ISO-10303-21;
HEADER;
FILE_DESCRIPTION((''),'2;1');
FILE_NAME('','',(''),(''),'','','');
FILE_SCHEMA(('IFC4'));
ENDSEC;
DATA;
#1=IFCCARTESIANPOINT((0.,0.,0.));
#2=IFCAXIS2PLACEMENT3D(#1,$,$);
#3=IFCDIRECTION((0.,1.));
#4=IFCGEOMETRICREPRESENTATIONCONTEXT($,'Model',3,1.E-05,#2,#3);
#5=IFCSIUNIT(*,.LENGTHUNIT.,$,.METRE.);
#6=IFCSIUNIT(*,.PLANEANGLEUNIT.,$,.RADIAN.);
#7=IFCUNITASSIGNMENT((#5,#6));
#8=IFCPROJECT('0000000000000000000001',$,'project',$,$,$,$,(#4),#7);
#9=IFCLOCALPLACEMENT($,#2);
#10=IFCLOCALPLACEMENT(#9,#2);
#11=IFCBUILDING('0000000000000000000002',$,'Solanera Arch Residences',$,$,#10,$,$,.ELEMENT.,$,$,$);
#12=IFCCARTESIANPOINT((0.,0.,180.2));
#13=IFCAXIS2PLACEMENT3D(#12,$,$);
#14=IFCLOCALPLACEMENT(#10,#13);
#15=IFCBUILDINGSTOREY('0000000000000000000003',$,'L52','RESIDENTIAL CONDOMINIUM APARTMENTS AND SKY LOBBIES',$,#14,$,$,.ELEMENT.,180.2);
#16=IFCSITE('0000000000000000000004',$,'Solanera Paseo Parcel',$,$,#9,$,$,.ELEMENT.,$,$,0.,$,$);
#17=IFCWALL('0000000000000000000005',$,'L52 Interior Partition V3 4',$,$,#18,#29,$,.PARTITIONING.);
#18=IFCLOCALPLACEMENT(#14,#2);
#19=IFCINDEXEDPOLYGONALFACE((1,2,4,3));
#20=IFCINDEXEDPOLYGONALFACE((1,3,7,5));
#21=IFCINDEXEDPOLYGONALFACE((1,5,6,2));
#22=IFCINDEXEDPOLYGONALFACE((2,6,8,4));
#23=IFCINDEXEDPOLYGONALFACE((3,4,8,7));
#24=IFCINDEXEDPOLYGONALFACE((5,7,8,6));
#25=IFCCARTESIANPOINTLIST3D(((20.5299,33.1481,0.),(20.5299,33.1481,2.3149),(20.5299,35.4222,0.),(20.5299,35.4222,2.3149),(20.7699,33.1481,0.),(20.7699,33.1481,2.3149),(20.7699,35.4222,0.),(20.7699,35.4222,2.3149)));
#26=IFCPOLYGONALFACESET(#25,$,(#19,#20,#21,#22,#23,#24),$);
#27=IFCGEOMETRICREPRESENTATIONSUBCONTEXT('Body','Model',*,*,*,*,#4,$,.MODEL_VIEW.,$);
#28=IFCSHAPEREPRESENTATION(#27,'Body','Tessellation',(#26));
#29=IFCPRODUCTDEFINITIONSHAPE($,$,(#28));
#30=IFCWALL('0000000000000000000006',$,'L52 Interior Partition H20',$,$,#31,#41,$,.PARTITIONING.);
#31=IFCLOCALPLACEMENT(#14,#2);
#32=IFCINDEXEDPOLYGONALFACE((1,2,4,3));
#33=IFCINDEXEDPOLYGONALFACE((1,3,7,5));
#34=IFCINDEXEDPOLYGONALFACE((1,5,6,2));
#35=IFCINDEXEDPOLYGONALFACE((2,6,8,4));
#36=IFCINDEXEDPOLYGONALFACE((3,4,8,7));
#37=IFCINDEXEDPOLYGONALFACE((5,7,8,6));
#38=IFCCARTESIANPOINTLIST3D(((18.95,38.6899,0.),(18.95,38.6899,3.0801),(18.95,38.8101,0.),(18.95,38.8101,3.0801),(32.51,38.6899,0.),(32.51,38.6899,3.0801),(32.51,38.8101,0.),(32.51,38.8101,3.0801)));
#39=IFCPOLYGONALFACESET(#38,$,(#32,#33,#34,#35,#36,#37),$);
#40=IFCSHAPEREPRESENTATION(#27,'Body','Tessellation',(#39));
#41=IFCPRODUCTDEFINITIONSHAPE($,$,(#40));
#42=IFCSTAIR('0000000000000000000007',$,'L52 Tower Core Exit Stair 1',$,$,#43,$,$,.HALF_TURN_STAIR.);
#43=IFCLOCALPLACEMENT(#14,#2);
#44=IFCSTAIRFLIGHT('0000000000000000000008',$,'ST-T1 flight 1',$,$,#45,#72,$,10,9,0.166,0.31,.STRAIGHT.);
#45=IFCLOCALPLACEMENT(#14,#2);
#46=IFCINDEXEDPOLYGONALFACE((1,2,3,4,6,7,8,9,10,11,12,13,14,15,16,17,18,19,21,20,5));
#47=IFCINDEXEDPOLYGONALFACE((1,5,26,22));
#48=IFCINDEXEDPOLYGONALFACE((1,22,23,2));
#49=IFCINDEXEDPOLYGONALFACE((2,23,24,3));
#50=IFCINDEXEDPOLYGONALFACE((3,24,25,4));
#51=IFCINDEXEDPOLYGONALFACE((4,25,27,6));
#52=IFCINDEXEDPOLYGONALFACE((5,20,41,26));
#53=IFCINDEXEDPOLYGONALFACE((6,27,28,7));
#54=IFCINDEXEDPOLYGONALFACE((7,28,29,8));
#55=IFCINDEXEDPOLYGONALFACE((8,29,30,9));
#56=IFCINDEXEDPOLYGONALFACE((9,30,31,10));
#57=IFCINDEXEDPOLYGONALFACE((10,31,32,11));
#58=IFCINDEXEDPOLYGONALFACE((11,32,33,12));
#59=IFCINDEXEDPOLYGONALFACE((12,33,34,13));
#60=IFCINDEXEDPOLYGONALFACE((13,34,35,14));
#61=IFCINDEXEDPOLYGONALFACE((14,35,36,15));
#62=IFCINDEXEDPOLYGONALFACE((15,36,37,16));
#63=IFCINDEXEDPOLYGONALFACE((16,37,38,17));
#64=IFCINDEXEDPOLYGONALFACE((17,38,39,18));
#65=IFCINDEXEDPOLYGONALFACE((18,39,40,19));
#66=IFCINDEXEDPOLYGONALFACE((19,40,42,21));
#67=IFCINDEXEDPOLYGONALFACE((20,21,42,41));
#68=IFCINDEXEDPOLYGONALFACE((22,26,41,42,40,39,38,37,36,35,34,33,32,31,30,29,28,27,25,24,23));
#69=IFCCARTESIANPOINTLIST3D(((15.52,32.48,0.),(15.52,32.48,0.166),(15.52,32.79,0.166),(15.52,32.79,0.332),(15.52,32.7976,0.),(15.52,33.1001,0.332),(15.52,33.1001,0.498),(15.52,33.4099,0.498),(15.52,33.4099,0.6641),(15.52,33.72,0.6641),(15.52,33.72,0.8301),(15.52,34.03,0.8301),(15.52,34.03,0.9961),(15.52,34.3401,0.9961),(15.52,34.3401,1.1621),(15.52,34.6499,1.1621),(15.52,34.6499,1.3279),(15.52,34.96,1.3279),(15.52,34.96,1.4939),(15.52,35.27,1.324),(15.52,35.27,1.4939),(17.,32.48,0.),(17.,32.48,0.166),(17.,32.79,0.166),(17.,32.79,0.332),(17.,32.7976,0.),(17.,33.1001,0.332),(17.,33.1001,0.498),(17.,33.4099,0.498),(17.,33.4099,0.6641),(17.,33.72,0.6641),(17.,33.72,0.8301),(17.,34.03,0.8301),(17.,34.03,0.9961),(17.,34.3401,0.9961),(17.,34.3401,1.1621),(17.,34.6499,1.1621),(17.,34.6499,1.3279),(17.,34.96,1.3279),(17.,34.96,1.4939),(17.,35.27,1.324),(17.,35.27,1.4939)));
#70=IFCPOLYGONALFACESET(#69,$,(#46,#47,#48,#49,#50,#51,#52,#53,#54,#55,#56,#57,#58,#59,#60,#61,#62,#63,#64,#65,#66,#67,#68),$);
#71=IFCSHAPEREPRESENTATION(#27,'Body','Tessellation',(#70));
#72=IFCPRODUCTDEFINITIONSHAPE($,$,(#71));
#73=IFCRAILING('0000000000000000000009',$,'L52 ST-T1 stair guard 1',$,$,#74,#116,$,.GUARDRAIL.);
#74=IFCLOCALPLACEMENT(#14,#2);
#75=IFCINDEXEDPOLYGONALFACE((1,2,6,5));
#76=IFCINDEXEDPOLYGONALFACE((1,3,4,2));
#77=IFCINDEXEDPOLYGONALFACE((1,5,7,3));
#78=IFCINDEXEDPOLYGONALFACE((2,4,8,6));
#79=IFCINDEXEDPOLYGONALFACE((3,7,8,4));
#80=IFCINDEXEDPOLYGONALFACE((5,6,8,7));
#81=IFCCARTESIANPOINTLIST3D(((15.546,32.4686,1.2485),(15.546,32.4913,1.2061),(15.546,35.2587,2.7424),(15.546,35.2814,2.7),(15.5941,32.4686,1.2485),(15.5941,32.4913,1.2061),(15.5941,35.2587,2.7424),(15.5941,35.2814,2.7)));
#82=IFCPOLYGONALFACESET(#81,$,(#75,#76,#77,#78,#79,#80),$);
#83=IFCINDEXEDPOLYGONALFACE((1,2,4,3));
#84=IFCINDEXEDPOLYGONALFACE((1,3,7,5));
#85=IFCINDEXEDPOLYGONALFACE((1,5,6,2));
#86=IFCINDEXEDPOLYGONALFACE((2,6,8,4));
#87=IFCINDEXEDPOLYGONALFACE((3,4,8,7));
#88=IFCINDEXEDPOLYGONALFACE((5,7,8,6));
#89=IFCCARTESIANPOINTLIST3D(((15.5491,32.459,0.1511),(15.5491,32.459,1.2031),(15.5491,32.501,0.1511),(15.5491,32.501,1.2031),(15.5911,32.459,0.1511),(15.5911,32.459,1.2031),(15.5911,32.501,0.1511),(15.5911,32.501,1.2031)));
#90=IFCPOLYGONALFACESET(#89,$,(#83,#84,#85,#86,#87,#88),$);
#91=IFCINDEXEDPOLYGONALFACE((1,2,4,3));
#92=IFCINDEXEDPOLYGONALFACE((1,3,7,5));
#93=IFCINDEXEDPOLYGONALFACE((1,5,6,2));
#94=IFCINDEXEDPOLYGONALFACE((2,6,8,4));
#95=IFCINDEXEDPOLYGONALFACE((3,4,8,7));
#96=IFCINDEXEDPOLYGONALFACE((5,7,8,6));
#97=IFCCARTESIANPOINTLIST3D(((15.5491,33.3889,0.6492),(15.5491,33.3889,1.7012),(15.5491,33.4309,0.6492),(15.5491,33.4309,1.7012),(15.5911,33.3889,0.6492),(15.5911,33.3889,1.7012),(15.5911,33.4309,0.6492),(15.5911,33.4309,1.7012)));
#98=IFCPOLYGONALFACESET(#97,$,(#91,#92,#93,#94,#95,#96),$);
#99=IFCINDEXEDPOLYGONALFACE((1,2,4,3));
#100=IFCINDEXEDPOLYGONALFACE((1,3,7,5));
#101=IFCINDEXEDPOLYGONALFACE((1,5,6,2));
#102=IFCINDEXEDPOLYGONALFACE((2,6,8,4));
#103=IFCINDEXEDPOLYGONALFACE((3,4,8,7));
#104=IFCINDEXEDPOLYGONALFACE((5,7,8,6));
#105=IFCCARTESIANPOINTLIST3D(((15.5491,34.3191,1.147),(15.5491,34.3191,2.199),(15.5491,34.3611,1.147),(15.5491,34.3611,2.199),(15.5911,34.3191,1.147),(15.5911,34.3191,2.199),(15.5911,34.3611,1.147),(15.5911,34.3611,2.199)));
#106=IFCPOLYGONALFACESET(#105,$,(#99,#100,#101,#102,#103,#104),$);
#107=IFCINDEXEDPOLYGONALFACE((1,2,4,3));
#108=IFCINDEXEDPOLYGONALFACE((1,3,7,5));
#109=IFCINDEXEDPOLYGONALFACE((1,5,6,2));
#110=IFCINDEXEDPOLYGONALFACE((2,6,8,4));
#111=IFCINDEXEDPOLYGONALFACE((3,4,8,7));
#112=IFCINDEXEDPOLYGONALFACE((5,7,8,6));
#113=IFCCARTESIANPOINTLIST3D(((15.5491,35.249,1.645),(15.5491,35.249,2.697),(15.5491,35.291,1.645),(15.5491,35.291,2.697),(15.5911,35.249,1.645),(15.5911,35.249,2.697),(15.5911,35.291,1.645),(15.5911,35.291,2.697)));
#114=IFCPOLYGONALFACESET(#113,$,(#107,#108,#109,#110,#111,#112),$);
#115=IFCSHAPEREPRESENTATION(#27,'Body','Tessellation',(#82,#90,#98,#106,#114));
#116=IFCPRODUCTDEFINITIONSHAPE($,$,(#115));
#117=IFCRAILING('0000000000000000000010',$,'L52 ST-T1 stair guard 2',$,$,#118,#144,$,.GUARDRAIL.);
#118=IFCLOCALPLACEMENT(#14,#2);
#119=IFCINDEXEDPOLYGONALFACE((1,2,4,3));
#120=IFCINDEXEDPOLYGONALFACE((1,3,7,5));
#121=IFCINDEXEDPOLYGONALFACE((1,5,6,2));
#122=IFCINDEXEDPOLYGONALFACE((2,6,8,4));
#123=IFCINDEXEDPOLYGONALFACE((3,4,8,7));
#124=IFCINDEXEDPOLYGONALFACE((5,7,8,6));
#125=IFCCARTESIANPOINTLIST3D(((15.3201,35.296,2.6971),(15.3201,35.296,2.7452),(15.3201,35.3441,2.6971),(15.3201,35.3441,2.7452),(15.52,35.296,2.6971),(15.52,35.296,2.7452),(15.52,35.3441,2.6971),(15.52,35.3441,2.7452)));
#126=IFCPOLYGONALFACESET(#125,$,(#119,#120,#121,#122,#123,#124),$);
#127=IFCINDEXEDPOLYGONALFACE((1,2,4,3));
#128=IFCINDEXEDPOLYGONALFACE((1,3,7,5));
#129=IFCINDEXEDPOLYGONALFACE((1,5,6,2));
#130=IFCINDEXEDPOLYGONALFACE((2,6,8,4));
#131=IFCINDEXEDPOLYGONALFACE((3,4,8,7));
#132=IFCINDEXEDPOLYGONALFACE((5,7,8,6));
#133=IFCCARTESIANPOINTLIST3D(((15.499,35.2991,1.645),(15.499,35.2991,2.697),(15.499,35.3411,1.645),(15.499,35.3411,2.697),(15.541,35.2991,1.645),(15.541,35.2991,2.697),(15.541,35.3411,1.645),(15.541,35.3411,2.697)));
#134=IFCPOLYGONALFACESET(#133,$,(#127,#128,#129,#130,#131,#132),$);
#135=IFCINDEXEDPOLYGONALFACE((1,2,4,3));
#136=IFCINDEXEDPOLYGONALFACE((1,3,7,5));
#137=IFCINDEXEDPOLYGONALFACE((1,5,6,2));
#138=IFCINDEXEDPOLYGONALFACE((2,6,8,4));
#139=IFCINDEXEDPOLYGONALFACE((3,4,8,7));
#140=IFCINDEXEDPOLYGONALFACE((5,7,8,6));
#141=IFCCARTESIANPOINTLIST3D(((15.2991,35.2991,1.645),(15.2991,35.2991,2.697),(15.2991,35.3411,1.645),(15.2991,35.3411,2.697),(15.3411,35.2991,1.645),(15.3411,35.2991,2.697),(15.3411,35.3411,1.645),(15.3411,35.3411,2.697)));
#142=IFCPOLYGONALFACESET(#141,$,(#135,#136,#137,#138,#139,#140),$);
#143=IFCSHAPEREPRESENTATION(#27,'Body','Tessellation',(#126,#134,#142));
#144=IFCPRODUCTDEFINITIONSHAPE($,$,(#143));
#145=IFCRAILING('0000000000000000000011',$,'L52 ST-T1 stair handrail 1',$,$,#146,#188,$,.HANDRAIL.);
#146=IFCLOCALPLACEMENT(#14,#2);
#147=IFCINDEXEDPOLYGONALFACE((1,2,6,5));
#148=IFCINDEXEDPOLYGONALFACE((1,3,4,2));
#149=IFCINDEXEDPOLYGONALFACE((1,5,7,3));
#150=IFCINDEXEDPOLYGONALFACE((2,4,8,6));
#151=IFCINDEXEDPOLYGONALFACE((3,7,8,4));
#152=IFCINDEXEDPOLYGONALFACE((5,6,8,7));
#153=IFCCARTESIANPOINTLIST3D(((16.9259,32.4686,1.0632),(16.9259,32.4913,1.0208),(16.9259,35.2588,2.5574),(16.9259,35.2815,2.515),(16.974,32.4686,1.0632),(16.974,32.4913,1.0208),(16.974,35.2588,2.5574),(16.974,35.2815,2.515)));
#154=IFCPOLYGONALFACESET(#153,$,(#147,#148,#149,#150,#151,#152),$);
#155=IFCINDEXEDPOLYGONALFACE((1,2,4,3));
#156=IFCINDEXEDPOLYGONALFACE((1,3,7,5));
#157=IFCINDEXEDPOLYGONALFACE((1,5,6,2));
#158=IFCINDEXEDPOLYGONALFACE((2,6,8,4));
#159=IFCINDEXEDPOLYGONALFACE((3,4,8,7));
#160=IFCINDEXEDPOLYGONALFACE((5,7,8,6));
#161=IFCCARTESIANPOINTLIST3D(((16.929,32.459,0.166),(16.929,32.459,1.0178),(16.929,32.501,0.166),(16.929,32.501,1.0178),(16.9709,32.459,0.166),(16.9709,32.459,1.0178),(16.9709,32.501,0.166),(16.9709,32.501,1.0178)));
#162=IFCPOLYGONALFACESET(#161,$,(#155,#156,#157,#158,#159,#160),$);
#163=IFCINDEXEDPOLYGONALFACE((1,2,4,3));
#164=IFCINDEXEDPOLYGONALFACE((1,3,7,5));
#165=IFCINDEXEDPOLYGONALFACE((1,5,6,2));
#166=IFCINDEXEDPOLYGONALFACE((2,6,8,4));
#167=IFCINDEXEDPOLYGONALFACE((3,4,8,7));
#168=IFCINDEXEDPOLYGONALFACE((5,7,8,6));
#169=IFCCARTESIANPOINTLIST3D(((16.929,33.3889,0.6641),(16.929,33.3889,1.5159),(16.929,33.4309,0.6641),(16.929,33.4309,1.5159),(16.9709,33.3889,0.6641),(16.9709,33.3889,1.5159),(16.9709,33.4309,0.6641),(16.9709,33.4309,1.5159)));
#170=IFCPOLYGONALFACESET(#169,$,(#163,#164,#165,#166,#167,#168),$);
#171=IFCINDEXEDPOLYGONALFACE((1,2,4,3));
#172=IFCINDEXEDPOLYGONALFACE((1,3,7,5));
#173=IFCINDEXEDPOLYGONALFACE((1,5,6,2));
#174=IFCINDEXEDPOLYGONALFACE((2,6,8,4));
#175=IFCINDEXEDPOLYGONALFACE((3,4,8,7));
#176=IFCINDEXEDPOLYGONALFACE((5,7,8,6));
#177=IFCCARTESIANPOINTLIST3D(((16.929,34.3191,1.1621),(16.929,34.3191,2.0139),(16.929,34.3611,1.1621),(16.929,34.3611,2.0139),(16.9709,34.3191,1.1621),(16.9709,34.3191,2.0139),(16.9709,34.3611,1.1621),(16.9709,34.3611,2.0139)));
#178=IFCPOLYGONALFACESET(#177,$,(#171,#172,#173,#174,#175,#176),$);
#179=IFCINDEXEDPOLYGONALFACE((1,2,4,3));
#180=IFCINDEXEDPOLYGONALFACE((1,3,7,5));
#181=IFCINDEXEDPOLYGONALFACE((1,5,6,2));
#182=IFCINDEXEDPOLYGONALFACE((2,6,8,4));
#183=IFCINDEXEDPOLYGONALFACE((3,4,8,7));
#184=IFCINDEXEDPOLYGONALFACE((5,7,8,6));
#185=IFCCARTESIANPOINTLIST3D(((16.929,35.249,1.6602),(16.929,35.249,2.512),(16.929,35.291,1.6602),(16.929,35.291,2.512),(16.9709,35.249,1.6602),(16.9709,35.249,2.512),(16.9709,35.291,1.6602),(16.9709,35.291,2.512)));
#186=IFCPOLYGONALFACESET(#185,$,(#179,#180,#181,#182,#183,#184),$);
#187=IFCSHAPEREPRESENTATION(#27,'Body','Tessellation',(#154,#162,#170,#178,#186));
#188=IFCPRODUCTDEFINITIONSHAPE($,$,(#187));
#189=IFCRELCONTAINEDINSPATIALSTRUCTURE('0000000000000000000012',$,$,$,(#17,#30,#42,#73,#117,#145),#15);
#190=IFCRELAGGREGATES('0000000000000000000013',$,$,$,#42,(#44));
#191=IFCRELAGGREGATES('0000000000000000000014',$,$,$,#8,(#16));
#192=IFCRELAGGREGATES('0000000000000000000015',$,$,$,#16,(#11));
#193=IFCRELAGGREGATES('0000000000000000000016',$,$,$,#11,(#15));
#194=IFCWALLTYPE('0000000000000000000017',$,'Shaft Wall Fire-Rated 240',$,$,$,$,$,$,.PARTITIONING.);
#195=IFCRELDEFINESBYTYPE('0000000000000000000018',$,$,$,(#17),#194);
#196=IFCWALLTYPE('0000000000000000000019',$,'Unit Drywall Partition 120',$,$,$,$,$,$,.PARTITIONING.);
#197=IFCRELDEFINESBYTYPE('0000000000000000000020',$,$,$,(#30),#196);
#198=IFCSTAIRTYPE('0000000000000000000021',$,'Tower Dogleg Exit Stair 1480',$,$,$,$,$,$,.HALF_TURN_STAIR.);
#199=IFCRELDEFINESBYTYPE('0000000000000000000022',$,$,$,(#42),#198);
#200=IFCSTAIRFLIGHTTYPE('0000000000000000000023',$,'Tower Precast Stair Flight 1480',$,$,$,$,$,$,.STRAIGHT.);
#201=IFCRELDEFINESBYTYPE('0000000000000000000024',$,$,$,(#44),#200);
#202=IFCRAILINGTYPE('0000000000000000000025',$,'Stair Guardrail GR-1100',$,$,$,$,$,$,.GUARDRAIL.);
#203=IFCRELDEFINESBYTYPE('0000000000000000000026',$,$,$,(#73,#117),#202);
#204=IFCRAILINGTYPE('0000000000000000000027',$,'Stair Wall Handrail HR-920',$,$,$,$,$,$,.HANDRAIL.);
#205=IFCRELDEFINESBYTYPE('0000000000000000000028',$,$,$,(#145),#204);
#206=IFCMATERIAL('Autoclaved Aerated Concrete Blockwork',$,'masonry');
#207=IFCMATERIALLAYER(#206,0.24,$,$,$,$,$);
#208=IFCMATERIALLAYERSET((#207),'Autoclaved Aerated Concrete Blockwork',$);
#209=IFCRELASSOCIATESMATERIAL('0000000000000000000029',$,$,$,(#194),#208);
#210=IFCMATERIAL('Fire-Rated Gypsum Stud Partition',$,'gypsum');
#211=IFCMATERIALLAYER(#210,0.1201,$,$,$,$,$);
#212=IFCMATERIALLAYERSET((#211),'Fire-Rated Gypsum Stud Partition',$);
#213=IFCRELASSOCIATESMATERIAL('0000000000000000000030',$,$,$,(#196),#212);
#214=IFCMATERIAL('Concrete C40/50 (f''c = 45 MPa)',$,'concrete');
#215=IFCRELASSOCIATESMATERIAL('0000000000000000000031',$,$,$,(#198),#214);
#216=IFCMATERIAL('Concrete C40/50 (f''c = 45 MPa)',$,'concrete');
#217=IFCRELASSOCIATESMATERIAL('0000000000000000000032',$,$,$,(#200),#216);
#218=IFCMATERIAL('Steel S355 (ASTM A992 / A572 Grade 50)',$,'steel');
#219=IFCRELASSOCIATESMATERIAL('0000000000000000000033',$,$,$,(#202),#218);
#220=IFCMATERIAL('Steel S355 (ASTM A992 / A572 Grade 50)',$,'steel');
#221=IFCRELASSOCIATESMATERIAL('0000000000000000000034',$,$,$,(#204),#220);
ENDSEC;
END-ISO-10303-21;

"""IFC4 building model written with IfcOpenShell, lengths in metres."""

from ifc_helpers import new_model, si_unit, direction, frame, frame_2d, origin, origin_2d, place, context, subcontext, project, spatial, polyline, rectangle, outline, extrude, material, layer, layer_set, type_object, element, aggregate, save


model = new_model("IFC4")

# Units and contexts
model_context = context("Model", 3, precision=1e-05, world=origin(), true_north=direction((0.0, 1.0)))
body_context = subcontext(model_context, "Body", "Model", "MODEL_VIEW")
ifc_project = project(units=[si_unit("LENGTHUNIT", "METRE"), si_unit("PLANEANGLEUNIT", "RADIAN")], contexts=[model_context])

# Site, building, storey
site_placement = place(None, origin())
site = spatial("IfcSite", under=ifc_project, at=site_placement, Name="Solanera Paseo Parcel", CompositionType="ELEMENT", RefElevation=0.0)
building_placement = place(site_placement, origin())
building = spatial("IfcBuilding", under=site, at=building_placement, Name="Solanera Arch Residences", CompositionType="ELEMENT")
storey_placement = place(building_placement, frame((0.0, 0.0, 180.2)))
storey = spatial("IfcBuildingStorey", under=building, at=storey_placement, Name="L52", Description="RESIDENTIAL CONDOMINIUM APARTMENTS AND SKY LOBBIES", CompositionType="ELEMENT", Elevation=180.2)

# Shared definitions
ifc_material_1 = material(Name="Autoclaved Aerated Concrete Blockwork", Category="masonry")
ifc_layer_1 = layer(ifc_material_1, 0.24)
ifc_layer_set_1 = layer_set([ifc_layer_1], Name="Autoclaved Aerated Concrete Blockwork")
wall_type_1 = type_object("IfcWallType", Name="Shaft Wall Fire-Rated 240", PredefinedType="PARTITIONING", material=ifc_layer_set_1)

# Walls
wall_1_placement = place(storey_placement, frame((20.6499, 33.1479, 0.0), z_axis=(0.0, 0.0, 1.0), x_axis=(0.0, 1.0, 0.0)))
element("IfcWall", 1, at=wall_1_placement, inside=storey, type_object=wall_type_1, Name="L52 Interior Partition V3 4", PredefinedType="PARTITIONING", context=body_context, shape_type="SweptSolid", body=[
    extrude(rectangle(XDim=2.2742, YDim=0.24, at=frame_2d((1.1372, 0.0))), origin(), (0.0, 0.0, 1.0), 2.3149),
])
ifc_material_2 = material(Name="Fire-Rated Gypsum Stud Partition", Category="gypsum")
ifc_layer_2 = layer(ifc_material_2, 0.1201)
ifc_layer_set_2 = layer_set([ifc_layer_2], Name="Fire-Rated Gypsum Stud Partition")
wall_type_2 = type_object("IfcWallType", Name="Unit Drywall Partition 120", PredefinedType="PARTITIONING", material=ifc_layer_set_2)
wall_2_placement = place(storey_placement, frame((18.95, 38.75, 0.0), z_axis=(0.0, 0.0, 1.0), x_axis=(1.0, 0.0, 0.0)))
element("IfcWall", 2, at=wall_2_placement, inside=storey, type_object=wall_type_2, Name="L52 Interior Partition H20", PredefinedType="PARTITIONING", context=body_context, shape_type="SweptSolid", body=[
    extrude(rectangle(XDim=13.5601, YDim=0.1201, at=frame_2d((6.78, 0.0))), origin(), (0.0, 0.0, 1.0), 3.0801),
])

# Stair, stair flight
ifc_material_3 = material(Name="Concrete C40/50 (f'c = 45 MPa)", Category="concrete")
stair_type = type_object("IfcStairType", Name="Tower Dogleg Exit Stair 1480", PredefinedType="HALF_TURN_STAIR", material=ifc_material_3)
stair_placement = place(storey_placement, origin())
stair = element("IfcStair", 3, at=stair_placement, inside=storey, type_object=stair_type, Name="L52 Tower Core Exit Stair 1", PredefinedType="HALF_TURN_STAIR")
ifc_material_4 = material(Name="Concrete C40/50 (f'c = 45 MPa)", Category="concrete")
stair_flight_type = type_object("IfcStairFlightType", Name="Tower Precast Stair Flight 1480", PredefinedType="STRAIGHT", material=ifc_material_4)
stair_flight_placement = place(storey_placement, frame((16.26, 32.48, 0.0), z_axis=(0.0, 0.0, 1.0), x_axis=(0.0, 1.0, 0.0)))
stair_flight = element("IfcStairFlight", 4, at=stair_flight_placement, type_object=stair_flight_type, Name="ST-T1 flight 1", NumberOfRisers=10, NumberOfTreads=9, PredefinedType="STRAIGHT", RiserHeight=0.166, TreadLength=0.31, context=body_context, shape_type="SweptSolid", body=[
    extrude(outline(polyline([(0.0, 0.0), (0.0, 0.166), (0.3101, 0.166), (0.3101, 0.332), (0.6201, 0.332), (0.6201, 0.498), (0.9299, 0.498), (0.9299, 0.6641), (1.24, 0.6641), (1.24, 0.8301), (1.55, 0.8301), (1.55, 0.9961), (1.8601, 0.9961), (1.8601, 1.1621), (2.1699, 1.1621), (2.1699, 1.3279), (2.48, 1.3279), (2.48, 1.4939), (2.79, 1.4939), (2.79, 1.6599), (2.79, 1.324), (0.3176, 0.0), (0.0, 0.0)])), frame((0.0, 0.74, 0.0), z_axis=(0.0, -1.0, 0.0), x_axis=(1.0, 0.0, 0.0)), (0.0, 0.0, 1.0), 1.48),
])
aggregate(stair, [stair_flight])

# Railings
ifc_material_5 = material(Name="Steel S355 (ASTM A992 / A572 Grade 50)", Category="steel")
railing_type_1 = type_object("IfcRailingType", Name="Stair Guardrail GR-1100", PredefinedType="GUARDRAIL", material=ifc_material_5)
railing_1_placement = place(storey_placement, frame((15.5701, 32.48, 0.1511)))
element("IfcRailing", 5, at=railing_1_placement, inside=storey, type_object=railing_type_1, Name="L52 ST-T1 stair guard 1", PredefinedType="GUARDRAIL", context=body_context, shape_type="SweptSolid", body=[
    extrude(rectangle(XDim=0.0481, YDim=0.0481, at=origin_2d()), frame((0.0, 0.0, 1.0762), z_axis=(0.0, 0.881581, 0.472033), x_axis=(-1.0, 0.0, 0.0)), (0.0, 0.0, 1.0), 3.1648),
    extrude(rectangle(XDim=0.042, YDim=0.042, at=origin_2d()), origin(), (0.0, 0.0, 1.0), 1.052),
    extrude(rectangle(XDim=0.042, YDim=0.042, at=origin_2d()), frame((0.0, 0.9299, 0.498)), (0.0, 0.0, 1.0), 1.052),
    extrude(rectangle(XDim=0.042, YDim=0.042, at=origin_2d()), frame((0.0, 1.8601, 0.9958)), (0.0, 0.0, 1.0), 1.052),
    extrude(rectangle(XDim=0.042, YDim=0.042, at=origin_2d()), frame((0.0, 2.79, 1.4939)), (0.0, 0.0, 1.0), 1.052),
])
railing_2_placement = place(storey_placement, frame((15.52, 35.3201, 1.645)))
element("IfcRailing", 6, at=railing_2_placement, inside=storey, type_object=railing_type_1, Name="L52 ST-T1 stair guard 2", PredefinedType="GUARDRAIL", context=body_context, shape_type="SweptSolid", body=[
    extrude(rectangle(XDim=0.0481, YDim=0.0481, at=origin_2d()), frame((0.0, 0.0, 1.0762), z_axis=(-1.0, 0.0, 0.0), x_axis=(0.0, -1.0, 0.0)), (0.0, 0.0, 1.0), 0.2),
    extrude(rectangle(XDim=0.042, YDim=0.042, at=origin_2d()), origin(), (0.0, 0.0, 1.0), 1.052),
    extrude(rectangle(XDim=0.042, YDim=0.042, at=origin_2d()), frame((-0.2, 0.0, 0.0)), (0.0, 0.0, 1.0), 1.052),
])
ifc_material_6 = material(Name="Steel S355 (ASTM A992 / A572 Grade 50)", Category="steel")
railing_type_2 = type_object("IfcRailingType", Name="Stair Wall Handrail HR-920", PredefinedType="HANDRAIL", material=ifc_material_6)
railing_3_placement = place(storey_placement, frame((16.95, 32.48, 0.166)))
element("IfcRailing", 7, at=railing_3_placement, inside=storey, type_object=railing_type_2, Name="L52 ST-T1 stair handrail 1", PredefinedType="HANDRAIL", context=body_context, shape_type="SweptSolid", body=[
    extrude(rectangle(XDim=0.0481, YDim=0.0481, at=origin_2d()), frame((0.0, 0.0, 0.876), z_axis=(0.0, 0.881549, 0.472093), x_axis=(-1.0, 0.0, 0.0)), (0.0, 0.0, 1.0), 3.165),
    extrude(rectangle(XDim=0.042, YDim=0.042, at=origin_2d()), origin(), (0.0, 0.0, 1.0), 0.8518),
    extrude(rectangle(XDim=0.042, YDim=0.042, at=origin_2d()), frame((0.0, 0.9299, 0.498)), (0.0, 0.0, 1.0), 0.8518),
    extrude(rectangle(XDim=0.042, YDim=0.042, at=origin_2d()), frame((0.0, 1.8601, 0.9961)), (0.0, 0.0, 1.0), 0.8518),
    extrude(rectangle(XDim=0.042, YDim=0.042, at=origin_2d()), frame((0.0, 2.79, 1.4941)), (0.0, 0.0, 1.0), 0.8518),
])

save(model, "model.ifc")
